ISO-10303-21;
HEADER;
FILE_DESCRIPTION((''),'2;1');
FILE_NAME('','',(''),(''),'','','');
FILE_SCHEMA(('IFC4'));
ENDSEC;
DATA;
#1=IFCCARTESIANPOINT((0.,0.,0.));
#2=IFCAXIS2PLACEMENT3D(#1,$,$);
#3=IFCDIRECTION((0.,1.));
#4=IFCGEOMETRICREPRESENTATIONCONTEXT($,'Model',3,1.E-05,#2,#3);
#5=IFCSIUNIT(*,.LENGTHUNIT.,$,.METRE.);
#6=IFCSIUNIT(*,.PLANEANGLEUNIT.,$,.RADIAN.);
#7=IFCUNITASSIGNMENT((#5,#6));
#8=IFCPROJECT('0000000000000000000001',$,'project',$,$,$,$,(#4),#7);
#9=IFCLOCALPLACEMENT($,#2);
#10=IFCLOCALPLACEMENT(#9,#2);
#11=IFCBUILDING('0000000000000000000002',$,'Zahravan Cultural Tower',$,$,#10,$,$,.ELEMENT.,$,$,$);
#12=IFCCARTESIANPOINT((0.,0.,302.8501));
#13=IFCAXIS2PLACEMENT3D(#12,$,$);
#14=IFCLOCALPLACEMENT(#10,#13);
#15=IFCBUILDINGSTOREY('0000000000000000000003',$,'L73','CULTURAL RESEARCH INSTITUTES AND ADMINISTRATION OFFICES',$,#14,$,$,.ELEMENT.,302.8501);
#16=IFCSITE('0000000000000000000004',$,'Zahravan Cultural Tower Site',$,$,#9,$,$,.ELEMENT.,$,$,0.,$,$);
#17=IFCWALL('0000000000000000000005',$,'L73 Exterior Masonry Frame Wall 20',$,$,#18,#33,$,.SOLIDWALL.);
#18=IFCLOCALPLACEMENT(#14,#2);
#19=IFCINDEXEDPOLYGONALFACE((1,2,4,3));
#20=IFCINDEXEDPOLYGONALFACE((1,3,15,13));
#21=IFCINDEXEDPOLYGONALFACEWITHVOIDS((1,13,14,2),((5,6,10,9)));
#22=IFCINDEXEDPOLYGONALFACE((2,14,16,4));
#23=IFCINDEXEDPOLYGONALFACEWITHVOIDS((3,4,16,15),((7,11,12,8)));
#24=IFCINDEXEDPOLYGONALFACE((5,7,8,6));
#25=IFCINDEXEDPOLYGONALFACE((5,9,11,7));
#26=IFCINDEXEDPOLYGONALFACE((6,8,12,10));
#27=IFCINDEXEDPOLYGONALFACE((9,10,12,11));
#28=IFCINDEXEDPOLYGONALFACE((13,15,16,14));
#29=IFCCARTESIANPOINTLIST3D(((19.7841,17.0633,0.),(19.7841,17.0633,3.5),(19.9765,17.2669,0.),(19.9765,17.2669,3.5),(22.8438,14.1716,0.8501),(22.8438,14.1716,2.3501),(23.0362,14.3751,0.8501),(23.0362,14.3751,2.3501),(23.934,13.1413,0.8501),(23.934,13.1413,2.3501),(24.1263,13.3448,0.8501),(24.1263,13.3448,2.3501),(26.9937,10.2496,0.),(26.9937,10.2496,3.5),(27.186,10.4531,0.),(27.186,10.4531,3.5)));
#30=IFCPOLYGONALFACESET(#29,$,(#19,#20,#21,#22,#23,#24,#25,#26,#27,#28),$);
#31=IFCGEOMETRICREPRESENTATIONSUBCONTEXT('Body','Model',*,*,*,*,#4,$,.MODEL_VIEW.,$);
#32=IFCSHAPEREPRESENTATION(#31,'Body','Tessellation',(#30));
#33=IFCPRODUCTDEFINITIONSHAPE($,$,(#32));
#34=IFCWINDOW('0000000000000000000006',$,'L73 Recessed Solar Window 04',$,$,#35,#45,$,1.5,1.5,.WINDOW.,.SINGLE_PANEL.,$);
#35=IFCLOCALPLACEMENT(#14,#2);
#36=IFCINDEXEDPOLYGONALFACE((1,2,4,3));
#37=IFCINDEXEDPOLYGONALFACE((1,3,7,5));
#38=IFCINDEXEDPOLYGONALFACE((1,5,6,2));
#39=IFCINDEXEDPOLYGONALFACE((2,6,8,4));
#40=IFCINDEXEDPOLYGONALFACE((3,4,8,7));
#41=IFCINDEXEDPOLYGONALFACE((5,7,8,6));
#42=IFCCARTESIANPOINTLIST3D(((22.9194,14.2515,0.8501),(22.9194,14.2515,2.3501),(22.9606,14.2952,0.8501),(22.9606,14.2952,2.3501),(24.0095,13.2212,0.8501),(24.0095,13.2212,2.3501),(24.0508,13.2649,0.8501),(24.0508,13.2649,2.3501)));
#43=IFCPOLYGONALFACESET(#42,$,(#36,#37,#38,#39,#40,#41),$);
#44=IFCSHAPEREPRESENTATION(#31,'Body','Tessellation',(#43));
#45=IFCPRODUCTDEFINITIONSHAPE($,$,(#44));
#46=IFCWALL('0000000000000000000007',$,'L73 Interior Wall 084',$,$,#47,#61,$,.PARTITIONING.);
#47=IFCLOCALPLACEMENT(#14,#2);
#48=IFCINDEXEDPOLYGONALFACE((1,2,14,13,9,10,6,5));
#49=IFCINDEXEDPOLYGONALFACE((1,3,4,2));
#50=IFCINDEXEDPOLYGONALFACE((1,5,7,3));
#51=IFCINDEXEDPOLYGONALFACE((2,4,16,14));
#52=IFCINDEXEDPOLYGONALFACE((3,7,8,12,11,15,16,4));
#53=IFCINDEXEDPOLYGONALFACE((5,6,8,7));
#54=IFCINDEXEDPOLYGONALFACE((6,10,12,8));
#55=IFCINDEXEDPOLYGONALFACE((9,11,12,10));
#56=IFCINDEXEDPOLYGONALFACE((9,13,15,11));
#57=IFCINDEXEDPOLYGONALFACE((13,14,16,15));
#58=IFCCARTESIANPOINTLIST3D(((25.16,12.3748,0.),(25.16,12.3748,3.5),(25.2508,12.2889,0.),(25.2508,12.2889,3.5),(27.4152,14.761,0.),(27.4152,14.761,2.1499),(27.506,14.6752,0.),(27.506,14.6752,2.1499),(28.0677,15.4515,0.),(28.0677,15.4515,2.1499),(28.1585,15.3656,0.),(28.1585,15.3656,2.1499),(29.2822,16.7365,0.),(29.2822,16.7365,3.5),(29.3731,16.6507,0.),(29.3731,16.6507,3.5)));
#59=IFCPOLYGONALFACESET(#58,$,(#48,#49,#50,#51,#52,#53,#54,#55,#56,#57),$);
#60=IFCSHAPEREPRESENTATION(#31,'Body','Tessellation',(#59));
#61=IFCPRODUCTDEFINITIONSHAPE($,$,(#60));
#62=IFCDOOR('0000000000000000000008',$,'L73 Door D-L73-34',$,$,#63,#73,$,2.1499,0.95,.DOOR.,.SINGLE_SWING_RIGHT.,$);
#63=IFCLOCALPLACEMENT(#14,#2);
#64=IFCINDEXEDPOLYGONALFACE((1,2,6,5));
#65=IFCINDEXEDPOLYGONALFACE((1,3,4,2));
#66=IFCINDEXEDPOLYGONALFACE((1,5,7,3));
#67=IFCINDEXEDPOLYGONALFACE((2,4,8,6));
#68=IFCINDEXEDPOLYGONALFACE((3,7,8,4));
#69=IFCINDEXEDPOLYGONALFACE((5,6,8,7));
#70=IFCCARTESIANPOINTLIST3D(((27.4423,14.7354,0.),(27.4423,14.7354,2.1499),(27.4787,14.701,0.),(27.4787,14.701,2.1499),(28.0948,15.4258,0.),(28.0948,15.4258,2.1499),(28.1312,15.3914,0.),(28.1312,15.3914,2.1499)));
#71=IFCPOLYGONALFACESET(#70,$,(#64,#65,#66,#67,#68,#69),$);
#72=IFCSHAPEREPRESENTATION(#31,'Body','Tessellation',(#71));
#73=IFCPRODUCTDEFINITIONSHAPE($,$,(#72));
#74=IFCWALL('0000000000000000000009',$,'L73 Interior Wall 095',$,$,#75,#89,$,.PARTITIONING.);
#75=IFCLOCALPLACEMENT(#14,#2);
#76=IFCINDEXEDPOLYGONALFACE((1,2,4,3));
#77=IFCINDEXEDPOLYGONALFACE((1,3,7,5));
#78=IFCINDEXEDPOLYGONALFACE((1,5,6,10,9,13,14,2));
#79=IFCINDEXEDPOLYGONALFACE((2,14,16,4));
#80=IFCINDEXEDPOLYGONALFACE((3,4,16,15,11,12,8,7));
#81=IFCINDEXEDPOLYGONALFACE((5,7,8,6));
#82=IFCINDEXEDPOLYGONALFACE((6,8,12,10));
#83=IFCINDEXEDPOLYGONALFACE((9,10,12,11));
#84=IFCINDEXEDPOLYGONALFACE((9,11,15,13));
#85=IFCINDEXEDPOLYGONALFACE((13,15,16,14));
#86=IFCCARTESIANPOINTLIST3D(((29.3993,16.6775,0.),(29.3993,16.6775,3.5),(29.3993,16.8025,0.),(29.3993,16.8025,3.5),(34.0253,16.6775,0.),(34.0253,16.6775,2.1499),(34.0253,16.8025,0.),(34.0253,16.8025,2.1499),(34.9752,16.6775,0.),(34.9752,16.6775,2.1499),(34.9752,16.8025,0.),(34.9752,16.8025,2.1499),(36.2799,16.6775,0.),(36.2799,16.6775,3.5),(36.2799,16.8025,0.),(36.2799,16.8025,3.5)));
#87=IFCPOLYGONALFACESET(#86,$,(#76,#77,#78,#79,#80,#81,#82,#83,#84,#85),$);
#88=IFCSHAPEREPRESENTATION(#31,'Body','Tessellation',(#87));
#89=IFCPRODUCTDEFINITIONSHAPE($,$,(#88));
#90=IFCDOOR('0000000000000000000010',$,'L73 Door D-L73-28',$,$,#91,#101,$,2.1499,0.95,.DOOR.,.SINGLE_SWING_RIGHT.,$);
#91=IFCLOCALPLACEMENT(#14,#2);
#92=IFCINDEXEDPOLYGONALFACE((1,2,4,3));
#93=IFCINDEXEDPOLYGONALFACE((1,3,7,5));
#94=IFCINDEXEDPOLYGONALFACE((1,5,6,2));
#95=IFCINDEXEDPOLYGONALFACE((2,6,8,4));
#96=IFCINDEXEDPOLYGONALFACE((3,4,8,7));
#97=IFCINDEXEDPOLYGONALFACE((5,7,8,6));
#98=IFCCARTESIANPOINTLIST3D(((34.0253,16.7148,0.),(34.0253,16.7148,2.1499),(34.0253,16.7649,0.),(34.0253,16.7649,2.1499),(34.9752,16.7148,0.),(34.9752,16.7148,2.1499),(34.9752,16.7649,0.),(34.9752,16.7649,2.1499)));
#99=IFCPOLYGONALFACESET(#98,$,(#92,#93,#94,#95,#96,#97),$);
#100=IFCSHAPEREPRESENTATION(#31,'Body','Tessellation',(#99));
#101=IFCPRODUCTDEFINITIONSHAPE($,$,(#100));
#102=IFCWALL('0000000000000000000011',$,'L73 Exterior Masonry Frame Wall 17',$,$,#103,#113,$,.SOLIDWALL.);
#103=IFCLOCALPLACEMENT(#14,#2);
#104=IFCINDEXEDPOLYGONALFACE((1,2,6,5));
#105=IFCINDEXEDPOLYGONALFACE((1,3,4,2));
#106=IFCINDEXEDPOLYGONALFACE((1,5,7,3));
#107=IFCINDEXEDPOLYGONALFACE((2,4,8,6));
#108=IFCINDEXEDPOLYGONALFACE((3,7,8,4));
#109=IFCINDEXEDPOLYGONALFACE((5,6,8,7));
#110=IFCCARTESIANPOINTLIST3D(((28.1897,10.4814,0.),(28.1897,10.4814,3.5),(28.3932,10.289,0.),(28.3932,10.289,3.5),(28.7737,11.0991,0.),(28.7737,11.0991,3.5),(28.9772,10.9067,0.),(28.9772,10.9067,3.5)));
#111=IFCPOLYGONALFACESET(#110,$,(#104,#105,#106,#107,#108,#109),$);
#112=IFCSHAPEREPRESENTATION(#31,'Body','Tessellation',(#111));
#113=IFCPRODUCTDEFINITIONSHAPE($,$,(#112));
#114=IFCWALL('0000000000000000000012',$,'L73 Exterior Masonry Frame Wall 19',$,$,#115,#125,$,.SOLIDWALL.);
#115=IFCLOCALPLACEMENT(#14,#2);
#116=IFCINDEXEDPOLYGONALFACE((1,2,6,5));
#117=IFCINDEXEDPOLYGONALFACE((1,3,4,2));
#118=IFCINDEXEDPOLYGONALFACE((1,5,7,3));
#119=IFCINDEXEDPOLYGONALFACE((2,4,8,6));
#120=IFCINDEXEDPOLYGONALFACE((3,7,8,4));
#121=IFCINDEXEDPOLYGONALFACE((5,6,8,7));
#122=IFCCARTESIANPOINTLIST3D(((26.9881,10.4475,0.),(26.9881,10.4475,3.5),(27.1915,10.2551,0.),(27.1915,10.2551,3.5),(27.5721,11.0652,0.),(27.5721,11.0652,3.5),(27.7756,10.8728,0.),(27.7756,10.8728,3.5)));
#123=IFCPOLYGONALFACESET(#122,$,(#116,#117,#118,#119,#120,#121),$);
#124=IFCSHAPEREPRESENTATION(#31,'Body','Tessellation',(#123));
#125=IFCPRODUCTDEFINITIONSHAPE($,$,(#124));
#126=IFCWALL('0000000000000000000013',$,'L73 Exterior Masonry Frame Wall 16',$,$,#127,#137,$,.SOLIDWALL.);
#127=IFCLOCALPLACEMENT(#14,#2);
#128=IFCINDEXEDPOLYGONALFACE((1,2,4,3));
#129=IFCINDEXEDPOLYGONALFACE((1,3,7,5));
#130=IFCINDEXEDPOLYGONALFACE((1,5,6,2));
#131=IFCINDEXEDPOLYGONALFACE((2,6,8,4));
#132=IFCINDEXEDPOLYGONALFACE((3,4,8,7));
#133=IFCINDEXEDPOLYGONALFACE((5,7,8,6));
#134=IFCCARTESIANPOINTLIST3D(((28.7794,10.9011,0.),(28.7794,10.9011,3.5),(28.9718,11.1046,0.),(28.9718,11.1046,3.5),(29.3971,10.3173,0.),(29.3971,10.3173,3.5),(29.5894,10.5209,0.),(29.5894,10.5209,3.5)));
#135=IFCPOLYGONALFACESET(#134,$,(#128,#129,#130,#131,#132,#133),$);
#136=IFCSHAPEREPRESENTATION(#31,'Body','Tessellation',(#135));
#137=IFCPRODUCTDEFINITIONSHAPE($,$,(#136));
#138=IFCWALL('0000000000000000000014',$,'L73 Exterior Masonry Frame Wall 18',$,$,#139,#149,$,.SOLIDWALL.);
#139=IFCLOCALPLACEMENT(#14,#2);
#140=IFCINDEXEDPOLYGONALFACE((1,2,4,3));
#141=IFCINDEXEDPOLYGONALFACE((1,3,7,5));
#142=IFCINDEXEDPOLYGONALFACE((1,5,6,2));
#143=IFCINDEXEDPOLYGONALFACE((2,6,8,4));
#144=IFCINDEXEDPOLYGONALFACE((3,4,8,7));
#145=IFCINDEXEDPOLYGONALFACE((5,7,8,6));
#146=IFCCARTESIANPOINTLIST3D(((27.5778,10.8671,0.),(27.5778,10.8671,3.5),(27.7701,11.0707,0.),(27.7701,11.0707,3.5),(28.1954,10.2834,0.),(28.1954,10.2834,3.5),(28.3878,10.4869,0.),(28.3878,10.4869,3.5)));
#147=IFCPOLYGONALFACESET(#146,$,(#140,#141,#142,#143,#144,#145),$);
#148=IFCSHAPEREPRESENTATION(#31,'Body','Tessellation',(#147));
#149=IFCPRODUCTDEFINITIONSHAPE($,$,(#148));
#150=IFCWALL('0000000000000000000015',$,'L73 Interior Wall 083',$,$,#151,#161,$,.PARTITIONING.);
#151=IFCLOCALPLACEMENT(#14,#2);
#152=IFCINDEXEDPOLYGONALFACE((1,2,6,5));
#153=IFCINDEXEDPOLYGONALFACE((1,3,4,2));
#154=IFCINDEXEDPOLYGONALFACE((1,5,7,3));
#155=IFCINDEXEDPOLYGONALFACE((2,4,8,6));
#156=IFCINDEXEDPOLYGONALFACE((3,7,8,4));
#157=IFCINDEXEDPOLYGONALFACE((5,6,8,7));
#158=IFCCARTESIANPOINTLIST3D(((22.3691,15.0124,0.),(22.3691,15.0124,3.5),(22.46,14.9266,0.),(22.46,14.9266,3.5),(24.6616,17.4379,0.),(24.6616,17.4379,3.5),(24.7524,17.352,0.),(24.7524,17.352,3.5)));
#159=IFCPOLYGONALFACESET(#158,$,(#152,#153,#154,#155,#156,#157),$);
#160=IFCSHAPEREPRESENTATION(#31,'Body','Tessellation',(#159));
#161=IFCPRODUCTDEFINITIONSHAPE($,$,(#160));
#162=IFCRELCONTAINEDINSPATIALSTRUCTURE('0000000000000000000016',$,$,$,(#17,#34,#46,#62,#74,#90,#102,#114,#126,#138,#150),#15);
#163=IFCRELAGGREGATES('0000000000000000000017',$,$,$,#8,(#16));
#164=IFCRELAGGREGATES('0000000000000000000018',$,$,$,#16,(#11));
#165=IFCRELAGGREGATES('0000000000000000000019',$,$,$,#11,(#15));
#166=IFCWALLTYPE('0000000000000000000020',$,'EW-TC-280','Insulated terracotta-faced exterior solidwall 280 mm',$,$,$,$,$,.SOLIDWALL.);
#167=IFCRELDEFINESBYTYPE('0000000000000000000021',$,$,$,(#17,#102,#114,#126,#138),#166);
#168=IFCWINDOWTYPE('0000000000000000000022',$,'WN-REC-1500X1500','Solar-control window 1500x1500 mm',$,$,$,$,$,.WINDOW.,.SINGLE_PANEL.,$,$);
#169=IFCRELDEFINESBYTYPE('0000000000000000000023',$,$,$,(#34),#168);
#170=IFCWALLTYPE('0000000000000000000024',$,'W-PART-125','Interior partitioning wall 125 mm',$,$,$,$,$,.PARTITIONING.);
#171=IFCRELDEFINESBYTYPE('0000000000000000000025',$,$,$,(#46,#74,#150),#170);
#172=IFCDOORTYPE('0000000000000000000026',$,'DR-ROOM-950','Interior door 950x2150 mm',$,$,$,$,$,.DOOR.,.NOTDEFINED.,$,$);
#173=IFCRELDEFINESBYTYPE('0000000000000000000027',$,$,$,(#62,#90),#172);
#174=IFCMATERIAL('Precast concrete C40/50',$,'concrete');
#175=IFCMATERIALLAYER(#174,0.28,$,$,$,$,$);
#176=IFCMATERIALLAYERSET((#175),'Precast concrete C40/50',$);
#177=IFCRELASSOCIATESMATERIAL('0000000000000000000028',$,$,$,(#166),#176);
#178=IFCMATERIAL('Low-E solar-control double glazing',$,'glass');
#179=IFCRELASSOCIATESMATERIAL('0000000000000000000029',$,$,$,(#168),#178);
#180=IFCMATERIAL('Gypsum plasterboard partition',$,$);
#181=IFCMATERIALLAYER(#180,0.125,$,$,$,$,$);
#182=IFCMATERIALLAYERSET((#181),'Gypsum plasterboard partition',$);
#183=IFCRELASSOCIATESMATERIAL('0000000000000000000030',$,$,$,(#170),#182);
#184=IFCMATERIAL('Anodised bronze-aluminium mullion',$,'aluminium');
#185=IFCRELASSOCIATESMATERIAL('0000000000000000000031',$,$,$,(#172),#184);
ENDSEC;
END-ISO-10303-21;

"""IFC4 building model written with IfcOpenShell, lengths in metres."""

from ifc_helpers import new_model, si_unit, direction, frame, frame_2d, origin, place, context, subcontext, project, spatial, rectangle, extrude, source, transform, mapped, material, layer, layer_set, type_object, element, fill, save


model = new_model("IFC4")

# Units and contexts
model_context = context("Model", 3, precision=1e-05, world=origin(), true_north=direction((0.0, 1.0)))
body_context = subcontext(model_context, "Body", "Model", "MODEL_VIEW")
ifc_project = project(units=[si_unit("LENGTHUNIT", "METRE"), si_unit("PLANEANGLEUNIT", "RADIAN")], contexts=[model_context])

# Site, building, storey
site_placement = place(None, origin())
site = spatial("IfcSite", under=ifc_project, at=site_placement, Name="Zahravan Cultural Tower Site", CompositionType="ELEMENT", RefElevation=0.0)
building_placement = place(site_placement, origin())
building = spatial("IfcBuilding", under=site, at=building_placement, Name="Zahravan Cultural Tower", CompositionType="ELEMENT")
storey_placement = place(building_placement, frame((0.0, 0.0, 302.8501)))
storey = spatial("IfcBuildingStorey", under=building, at=storey_placement, Name="L73", Description="CULTURAL RESEARCH INSTITUTES AND ADMINISTRATION OFFICES", CompositionType="ELEMENT", Elevation=302.8501)

# Wall, opening, window
ifc_material_1 = material(Name="Precast concrete C40/50", Category="concrete")
ifc_layer_1 = layer(ifc_material_1, 0.28)
ifc_layer_set_1 = layer_set([ifc_layer_1], Name="Precast concrete C40/50")
wall_type_1 = type_object("IfcWallType", Name="EW-TC-280", Description="Insulated terracotta-faced exterior solidwall 280 mm", PredefinedType="SOLIDWALL", material=ifc_layer_set_1)
ifc_material_2 = material(Name="Low-E solar-control double glazing", Category="glass")
window_type = type_object("IfcWindowType", Name="WN-REC-1500X1500", Description="Solar-control window 1500x1500 mm", PartitioningType="SINGLE_PANEL", PredefinedType="WINDOW", material=ifc_material_2)
shared_shape_1 = source(origin(), body_context, "Body", "SweptSolid", [
    extrude(rectangle(XDim=1.5, YDim=1.5, at=frame_2d((0.75, 0.75))), frame((0.0, 0.03, 0.0), z_axis=(0.0, -1.0, 0.0), x_axis=(1.0, 0.0, 0.0)), (0.0, 0.0, 1.0), 0.0601),
])
wall_1_placement = place(storey_placement, frame((27.0898, 10.3513, 0.0), z_axis=(0.0, 0.0, 1.0), x_axis=(-0.726773, 0.686878, 0.0)))
wall_1 = element("IfcWall", 1, at=wall_1_placement, inside=storey, type_object=wall_type_1, Name="L73 Exterior Masonry Frame Wall 20", PredefinedType="SOLIDWALL", context=body_context, shape_type="SweptSolid", body=[
    extrude(rectangle(XDim=9.9199, YDim=0.28, at=frame_2d((4.96, 0.0))), origin(), (0.0, 0.0, 1.0), 3.5),
])
opening_1_placement = place(wall_1_placement, frame((4.21, 0.0, 0.8501)))
opening_1 = element("IfcOpeningElement", 2, at=opening_1_placement, cuts=wall_1, PredefinedType="OPENING", context=body_context, shape_type="SweptSolid", body=[
    extrude(rectangle(XDim=1.5, YDim=1.5, at=frame_2d((0.75, 0.75))), frame((0.0, 0.1499, 0.0), z_axis=(0.0, -1.0, 0.0), x_axis=(1.0, 0.0, 0.0)), (0.0, 0.0, 1.0), 0.3),
])
window_1_placement = place(opening_1_placement, origin())
window_1 = element("IfcWindow", 3, at=window_1_placement, inside=storey, type_object=window_type, Name="L73 Recessed Solar Window 04", OverallHeight=1.5, OverallWidth=1.5, PartitioningType="SINGLE_PANEL", PredefinedType="WINDOW", context=body_context, shape_type="MappedRepresentation", body=[
    mapped(shared_shape_1, transform((0.0, 0.0, 0.0), x_axis=(1.0, 0.0, 0.0), y_axis=(0.0, 1.0, 0.0), z_axis=(0.0, 0.0, 1.0), scale=1.0)),
])
fill(opening_1, window_1)

# Walls, openings, doors
ifc_material_3 = material(Name="Gypsum plasterboard partition")
ifc_layer_2 = layer(ifc_material_3, 0.125)
ifc_layer_set_2 = layer_set([ifc_layer_2], Name="Gypsum plasterboard partition")
wall_type_2 = type_object("IfcWallType", Name="W-PART-125", Description="Interior partitioning wall 125 mm", PredefinedType="PARTITIONING", material=ifc_layer_set_2)
wall_2_placement = place(storey_placement, frame((29.3276, 16.6936, 0.0), z_axis=(0.0, 0.0, 1.0), x_axis=(-0.686872, -0.726778, 0.0)))
wall_2 = element("IfcWall", 4, at=wall_2_placement, inside=storey, type_object=wall_type_2, Name="L73 Interior Wall 084", PredefinedType="PARTITIONING", context=body_context, shape_type="SweptSolid", body=[
    extrude(rectangle(XDim=6.0015, YDim=0.125, at=frame_2d((3.0007, 0.0))), origin(), (0.0, 0.0, 1.0), 3.5),
])
opening_2_placement = place(wall_2_placement, frame((1.7681, 0.0, 0.0)))
opening_2 = element("IfcOpeningElement", 5, at=opening_2_placement, cuts=wall_2, PredefinedType="OPENING", context=body_context, shape_type="SweptSolid", body=[
    extrude(rectangle(XDim=0.95, YDim=2.1499, at=frame_2d((0.4751, 1.075))), frame((0.0, 0.0725, 0.0), z_axis=(0.0, -1.0, 0.0), x_axis=(1.0, 0.0, 0.0)), (0.0, 0.0, 1.0), 0.145),
])
ifc_material_4 = material(Name="Anodised bronze-aluminium mullion", Category="aluminium")
door_type_1 = type_object("IfcDoorType", Name="DR-ROOM-950", Description="Interior door 950x2150 mm", OperationType="NOTDEFINED", PredefinedType="DOOR", material=ifc_material_4)
shared_shape_2 = source(origin(), body_context, "Body", "SweptSolid", [
    extrude(rectangle(XDim=0.95, YDim=2.1499, at=frame_2d((0.4751, 1.075))), frame((0.0, 0.0249, 0.0), z_axis=(0.0, -1.0, 0.0), x_axis=(1.0, 0.0, 0.0)), (0.0, 0.0, 1.0), 0.05),
])
door_1_placement = place(opening_2_placement, origin())
door_1 = element("IfcDoor", 6, at=door_1_placement, inside=storey, type_object=door_type_1, Name="L73 Door D-L73-34", OperationType="SINGLE_SWING_RIGHT", OverallHeight=2.1499, OverallWidth=0.95, PredefinedType="DOOR", context=body_context, shape_type="MappedRepresentation", body=[
    mapped(shared_shape_2, transform((0.0, 0.0, 0.0), x_axis=(1.0, 0.0, 0.0), y_axis=(0.0, 1.0, 0.0), z_axis=(0.0, 0.0, 1.0), scale=1.0)),
])
fill(opening_2, door_1)
wall_3_placement = place(storey_placement, frame((29.3992, 16.74, 0.0), z_axis=(0.0, 0.0, 1.0), x_axis=(1.0, 0.0, 0.0)))
wall_3 = element("IfcWall", 7, at=wall_3_placement, inside=storey, type_object=wall_type_2, Name="L73 Interior Wall 095", PredefinedType="PARTITIONING", context=body_context, shape_type="SweptSolid", body=[
    extrude(rectangle(XDim=6.8806, YDim=0.125, at=frame_2d((3.4404, 0.0))), origin(), (0.0, 0.0, 1.0), 3.5),
])
opening_3_placement = place(wall_3_placement, frame((4.626, 0.0, 0.0)))
opening_3 = element("IfcOpeningElement", 8, at=opening_3_placement, cuts=wall_3, PredefinedType="OPENING", context=body_context, shape_type="SweptSolid", body=[
    extrude(rectangle(XDim=0.95, YDim=2.1499, at=frame_2d((0.4751, 1.075))), frame((0.0, 0.0725, 0.0), z_axis=(0.0, -1.0, 0.0), x_axis=(1.0, 0.0, 0.0)), (0.0, 0.0, 1.0), 0.145),
])
door_2_placement = place(opening_3_placement, origin())
door_2 = element("IfcDoor", 9, at=door_2_placement, inside=storey, type_object=door_type_1, Name="L73 Door D-L73-28", OperationType="SINGLE_SWING_RIGHT", OverallHeight=2.1499, OverallWidth=0.95, PredefinedType="DOOR", context=body_context, shape_type="MappedRepresentation", body=[
    mapped(shared_shape_2, transform((0.0, 0.0, 0.0), x_axis=(1.0, 0.0, 0.0), y_axis=(0.0, 1.0, 0.0), z_axis=(0.0, 0.0, 1.0), scale=1.0)),
])
fill(opening_3, door_2)

# Walls
shared_shape_3 = source(origin(), body_context, "Body", "SweptSolid", [
    extrude(rectangle(XDim=0.8501, YDim=0.28, at=frame_2d((0.425, 0.0))), origin(), (0.0, 0.0, 1.0), 3.5),
])
for number, where, z_axis, x_axis, name in (
    (10, (28.8755, 11.0029, 0.0), (0.0, 0.0, 1.0), (-0.687011, -0.726647, 0.0), "L73 Exterior Masonry Frame Wall 17"),
    (11, (27.6738, 10.969, 0.0), (0.0, 0.0, 1.0), (-0.687011, -0.726647, 0.0), "L73 Exterior Masonry Frame Wall 19"),
):
    element("IfcWall", number, at=place(storey_placement, frame(where, z_axis=z_axis, x_axis=x_axis)), inside=storey, type_object=wall_type_1, Name=name, PredefinedType="SOLIDWALL", context=body_context, shape_type="MappedRepresentation", body=[
        mapped(shared_shape_3, transform((0.0, 0.0, 0.0), x_axis=(1.0, 0.0, 0.0), y_axis=(0.0, 1.0, 0.0), z_axis=(0.0, 0.0, 1.0), scale=1.0)),
    ])
shared_shape_4 = source(origin(), body_context, "Body", "SweptSolid", [
    extrude(rectangle(XDim=0.8499, YDim=0.28, at=frame_2d((0.4248, 0.0))), origin(), (0.0, 0.0, 1.0), 3.5),
])
for number, where, z_axis, x_axis, name in (
    (12, (29.4932, 10.4192, 0.0), (0.0, 0.0, 1.0), (-0.72679, 0.68686, 0.0), "L73 Exterior Masonry Frame Wall 16"),
    (13, (28.2915, 10.3853, 0.0), (0.0, 0.0, 1.0), (-0.72679, 0.68686, 0.0), "L73 Exterior Masonry Frame Wall 18"),
):
    element("IfcWall", number, at=place(storey_placement, frame(where, z_axis=z_axis, x_axis=x_axis)), inside=storey, type_object=wall_type_1, Name=name, PredefinedType="SOLIDWALL", context=body_context, shape_type="MappedRepresentation", body=[
        mapped(shared_shape_4, transform((0.0, 0.0, 0.0), x_axis=(1.0, 0.0, 0.0), y_axis=(0.0, 1.0, 0.0), z_axis=(0.0, 0.0, 1.0), scale=1.0)),
    ])
shared_shape_5 = source(origin(), body_context, "Body", "SweptSolid", [
    extrude(rectangle(XDim=3.3374, YDim=0.125, at=frame_2d((1.6687, 0.0))), origin(), (0.0, 0.0, 1.0), 3.5),
])
wall_4_placement = place(storey_placement, frame((22.4146, 14.9695, 0.0), z_axis=(0.0, 0.0, 1.0), x_axis=(0.686892, 0.72676, 0.0)))
element("IfcWall", 14, at=wall_4_placement, inside=storey, type_object=wall_type_2, Name="L73 Interior Wall 083", PredefinedType="PARTITIONING", context=body_context, shape_type="MappedRepresentation", body=[
    mapped(shared_shape_5, transform((0.0, 0.0, 0.0), x_axis=(1.0, 0.0, 0.0), y_axis=(0.0, 1.0, 0.0), z_axis=(0.0, 0.0, 1.0), scale=1.0)),
])

save(model, "model.ifc")
